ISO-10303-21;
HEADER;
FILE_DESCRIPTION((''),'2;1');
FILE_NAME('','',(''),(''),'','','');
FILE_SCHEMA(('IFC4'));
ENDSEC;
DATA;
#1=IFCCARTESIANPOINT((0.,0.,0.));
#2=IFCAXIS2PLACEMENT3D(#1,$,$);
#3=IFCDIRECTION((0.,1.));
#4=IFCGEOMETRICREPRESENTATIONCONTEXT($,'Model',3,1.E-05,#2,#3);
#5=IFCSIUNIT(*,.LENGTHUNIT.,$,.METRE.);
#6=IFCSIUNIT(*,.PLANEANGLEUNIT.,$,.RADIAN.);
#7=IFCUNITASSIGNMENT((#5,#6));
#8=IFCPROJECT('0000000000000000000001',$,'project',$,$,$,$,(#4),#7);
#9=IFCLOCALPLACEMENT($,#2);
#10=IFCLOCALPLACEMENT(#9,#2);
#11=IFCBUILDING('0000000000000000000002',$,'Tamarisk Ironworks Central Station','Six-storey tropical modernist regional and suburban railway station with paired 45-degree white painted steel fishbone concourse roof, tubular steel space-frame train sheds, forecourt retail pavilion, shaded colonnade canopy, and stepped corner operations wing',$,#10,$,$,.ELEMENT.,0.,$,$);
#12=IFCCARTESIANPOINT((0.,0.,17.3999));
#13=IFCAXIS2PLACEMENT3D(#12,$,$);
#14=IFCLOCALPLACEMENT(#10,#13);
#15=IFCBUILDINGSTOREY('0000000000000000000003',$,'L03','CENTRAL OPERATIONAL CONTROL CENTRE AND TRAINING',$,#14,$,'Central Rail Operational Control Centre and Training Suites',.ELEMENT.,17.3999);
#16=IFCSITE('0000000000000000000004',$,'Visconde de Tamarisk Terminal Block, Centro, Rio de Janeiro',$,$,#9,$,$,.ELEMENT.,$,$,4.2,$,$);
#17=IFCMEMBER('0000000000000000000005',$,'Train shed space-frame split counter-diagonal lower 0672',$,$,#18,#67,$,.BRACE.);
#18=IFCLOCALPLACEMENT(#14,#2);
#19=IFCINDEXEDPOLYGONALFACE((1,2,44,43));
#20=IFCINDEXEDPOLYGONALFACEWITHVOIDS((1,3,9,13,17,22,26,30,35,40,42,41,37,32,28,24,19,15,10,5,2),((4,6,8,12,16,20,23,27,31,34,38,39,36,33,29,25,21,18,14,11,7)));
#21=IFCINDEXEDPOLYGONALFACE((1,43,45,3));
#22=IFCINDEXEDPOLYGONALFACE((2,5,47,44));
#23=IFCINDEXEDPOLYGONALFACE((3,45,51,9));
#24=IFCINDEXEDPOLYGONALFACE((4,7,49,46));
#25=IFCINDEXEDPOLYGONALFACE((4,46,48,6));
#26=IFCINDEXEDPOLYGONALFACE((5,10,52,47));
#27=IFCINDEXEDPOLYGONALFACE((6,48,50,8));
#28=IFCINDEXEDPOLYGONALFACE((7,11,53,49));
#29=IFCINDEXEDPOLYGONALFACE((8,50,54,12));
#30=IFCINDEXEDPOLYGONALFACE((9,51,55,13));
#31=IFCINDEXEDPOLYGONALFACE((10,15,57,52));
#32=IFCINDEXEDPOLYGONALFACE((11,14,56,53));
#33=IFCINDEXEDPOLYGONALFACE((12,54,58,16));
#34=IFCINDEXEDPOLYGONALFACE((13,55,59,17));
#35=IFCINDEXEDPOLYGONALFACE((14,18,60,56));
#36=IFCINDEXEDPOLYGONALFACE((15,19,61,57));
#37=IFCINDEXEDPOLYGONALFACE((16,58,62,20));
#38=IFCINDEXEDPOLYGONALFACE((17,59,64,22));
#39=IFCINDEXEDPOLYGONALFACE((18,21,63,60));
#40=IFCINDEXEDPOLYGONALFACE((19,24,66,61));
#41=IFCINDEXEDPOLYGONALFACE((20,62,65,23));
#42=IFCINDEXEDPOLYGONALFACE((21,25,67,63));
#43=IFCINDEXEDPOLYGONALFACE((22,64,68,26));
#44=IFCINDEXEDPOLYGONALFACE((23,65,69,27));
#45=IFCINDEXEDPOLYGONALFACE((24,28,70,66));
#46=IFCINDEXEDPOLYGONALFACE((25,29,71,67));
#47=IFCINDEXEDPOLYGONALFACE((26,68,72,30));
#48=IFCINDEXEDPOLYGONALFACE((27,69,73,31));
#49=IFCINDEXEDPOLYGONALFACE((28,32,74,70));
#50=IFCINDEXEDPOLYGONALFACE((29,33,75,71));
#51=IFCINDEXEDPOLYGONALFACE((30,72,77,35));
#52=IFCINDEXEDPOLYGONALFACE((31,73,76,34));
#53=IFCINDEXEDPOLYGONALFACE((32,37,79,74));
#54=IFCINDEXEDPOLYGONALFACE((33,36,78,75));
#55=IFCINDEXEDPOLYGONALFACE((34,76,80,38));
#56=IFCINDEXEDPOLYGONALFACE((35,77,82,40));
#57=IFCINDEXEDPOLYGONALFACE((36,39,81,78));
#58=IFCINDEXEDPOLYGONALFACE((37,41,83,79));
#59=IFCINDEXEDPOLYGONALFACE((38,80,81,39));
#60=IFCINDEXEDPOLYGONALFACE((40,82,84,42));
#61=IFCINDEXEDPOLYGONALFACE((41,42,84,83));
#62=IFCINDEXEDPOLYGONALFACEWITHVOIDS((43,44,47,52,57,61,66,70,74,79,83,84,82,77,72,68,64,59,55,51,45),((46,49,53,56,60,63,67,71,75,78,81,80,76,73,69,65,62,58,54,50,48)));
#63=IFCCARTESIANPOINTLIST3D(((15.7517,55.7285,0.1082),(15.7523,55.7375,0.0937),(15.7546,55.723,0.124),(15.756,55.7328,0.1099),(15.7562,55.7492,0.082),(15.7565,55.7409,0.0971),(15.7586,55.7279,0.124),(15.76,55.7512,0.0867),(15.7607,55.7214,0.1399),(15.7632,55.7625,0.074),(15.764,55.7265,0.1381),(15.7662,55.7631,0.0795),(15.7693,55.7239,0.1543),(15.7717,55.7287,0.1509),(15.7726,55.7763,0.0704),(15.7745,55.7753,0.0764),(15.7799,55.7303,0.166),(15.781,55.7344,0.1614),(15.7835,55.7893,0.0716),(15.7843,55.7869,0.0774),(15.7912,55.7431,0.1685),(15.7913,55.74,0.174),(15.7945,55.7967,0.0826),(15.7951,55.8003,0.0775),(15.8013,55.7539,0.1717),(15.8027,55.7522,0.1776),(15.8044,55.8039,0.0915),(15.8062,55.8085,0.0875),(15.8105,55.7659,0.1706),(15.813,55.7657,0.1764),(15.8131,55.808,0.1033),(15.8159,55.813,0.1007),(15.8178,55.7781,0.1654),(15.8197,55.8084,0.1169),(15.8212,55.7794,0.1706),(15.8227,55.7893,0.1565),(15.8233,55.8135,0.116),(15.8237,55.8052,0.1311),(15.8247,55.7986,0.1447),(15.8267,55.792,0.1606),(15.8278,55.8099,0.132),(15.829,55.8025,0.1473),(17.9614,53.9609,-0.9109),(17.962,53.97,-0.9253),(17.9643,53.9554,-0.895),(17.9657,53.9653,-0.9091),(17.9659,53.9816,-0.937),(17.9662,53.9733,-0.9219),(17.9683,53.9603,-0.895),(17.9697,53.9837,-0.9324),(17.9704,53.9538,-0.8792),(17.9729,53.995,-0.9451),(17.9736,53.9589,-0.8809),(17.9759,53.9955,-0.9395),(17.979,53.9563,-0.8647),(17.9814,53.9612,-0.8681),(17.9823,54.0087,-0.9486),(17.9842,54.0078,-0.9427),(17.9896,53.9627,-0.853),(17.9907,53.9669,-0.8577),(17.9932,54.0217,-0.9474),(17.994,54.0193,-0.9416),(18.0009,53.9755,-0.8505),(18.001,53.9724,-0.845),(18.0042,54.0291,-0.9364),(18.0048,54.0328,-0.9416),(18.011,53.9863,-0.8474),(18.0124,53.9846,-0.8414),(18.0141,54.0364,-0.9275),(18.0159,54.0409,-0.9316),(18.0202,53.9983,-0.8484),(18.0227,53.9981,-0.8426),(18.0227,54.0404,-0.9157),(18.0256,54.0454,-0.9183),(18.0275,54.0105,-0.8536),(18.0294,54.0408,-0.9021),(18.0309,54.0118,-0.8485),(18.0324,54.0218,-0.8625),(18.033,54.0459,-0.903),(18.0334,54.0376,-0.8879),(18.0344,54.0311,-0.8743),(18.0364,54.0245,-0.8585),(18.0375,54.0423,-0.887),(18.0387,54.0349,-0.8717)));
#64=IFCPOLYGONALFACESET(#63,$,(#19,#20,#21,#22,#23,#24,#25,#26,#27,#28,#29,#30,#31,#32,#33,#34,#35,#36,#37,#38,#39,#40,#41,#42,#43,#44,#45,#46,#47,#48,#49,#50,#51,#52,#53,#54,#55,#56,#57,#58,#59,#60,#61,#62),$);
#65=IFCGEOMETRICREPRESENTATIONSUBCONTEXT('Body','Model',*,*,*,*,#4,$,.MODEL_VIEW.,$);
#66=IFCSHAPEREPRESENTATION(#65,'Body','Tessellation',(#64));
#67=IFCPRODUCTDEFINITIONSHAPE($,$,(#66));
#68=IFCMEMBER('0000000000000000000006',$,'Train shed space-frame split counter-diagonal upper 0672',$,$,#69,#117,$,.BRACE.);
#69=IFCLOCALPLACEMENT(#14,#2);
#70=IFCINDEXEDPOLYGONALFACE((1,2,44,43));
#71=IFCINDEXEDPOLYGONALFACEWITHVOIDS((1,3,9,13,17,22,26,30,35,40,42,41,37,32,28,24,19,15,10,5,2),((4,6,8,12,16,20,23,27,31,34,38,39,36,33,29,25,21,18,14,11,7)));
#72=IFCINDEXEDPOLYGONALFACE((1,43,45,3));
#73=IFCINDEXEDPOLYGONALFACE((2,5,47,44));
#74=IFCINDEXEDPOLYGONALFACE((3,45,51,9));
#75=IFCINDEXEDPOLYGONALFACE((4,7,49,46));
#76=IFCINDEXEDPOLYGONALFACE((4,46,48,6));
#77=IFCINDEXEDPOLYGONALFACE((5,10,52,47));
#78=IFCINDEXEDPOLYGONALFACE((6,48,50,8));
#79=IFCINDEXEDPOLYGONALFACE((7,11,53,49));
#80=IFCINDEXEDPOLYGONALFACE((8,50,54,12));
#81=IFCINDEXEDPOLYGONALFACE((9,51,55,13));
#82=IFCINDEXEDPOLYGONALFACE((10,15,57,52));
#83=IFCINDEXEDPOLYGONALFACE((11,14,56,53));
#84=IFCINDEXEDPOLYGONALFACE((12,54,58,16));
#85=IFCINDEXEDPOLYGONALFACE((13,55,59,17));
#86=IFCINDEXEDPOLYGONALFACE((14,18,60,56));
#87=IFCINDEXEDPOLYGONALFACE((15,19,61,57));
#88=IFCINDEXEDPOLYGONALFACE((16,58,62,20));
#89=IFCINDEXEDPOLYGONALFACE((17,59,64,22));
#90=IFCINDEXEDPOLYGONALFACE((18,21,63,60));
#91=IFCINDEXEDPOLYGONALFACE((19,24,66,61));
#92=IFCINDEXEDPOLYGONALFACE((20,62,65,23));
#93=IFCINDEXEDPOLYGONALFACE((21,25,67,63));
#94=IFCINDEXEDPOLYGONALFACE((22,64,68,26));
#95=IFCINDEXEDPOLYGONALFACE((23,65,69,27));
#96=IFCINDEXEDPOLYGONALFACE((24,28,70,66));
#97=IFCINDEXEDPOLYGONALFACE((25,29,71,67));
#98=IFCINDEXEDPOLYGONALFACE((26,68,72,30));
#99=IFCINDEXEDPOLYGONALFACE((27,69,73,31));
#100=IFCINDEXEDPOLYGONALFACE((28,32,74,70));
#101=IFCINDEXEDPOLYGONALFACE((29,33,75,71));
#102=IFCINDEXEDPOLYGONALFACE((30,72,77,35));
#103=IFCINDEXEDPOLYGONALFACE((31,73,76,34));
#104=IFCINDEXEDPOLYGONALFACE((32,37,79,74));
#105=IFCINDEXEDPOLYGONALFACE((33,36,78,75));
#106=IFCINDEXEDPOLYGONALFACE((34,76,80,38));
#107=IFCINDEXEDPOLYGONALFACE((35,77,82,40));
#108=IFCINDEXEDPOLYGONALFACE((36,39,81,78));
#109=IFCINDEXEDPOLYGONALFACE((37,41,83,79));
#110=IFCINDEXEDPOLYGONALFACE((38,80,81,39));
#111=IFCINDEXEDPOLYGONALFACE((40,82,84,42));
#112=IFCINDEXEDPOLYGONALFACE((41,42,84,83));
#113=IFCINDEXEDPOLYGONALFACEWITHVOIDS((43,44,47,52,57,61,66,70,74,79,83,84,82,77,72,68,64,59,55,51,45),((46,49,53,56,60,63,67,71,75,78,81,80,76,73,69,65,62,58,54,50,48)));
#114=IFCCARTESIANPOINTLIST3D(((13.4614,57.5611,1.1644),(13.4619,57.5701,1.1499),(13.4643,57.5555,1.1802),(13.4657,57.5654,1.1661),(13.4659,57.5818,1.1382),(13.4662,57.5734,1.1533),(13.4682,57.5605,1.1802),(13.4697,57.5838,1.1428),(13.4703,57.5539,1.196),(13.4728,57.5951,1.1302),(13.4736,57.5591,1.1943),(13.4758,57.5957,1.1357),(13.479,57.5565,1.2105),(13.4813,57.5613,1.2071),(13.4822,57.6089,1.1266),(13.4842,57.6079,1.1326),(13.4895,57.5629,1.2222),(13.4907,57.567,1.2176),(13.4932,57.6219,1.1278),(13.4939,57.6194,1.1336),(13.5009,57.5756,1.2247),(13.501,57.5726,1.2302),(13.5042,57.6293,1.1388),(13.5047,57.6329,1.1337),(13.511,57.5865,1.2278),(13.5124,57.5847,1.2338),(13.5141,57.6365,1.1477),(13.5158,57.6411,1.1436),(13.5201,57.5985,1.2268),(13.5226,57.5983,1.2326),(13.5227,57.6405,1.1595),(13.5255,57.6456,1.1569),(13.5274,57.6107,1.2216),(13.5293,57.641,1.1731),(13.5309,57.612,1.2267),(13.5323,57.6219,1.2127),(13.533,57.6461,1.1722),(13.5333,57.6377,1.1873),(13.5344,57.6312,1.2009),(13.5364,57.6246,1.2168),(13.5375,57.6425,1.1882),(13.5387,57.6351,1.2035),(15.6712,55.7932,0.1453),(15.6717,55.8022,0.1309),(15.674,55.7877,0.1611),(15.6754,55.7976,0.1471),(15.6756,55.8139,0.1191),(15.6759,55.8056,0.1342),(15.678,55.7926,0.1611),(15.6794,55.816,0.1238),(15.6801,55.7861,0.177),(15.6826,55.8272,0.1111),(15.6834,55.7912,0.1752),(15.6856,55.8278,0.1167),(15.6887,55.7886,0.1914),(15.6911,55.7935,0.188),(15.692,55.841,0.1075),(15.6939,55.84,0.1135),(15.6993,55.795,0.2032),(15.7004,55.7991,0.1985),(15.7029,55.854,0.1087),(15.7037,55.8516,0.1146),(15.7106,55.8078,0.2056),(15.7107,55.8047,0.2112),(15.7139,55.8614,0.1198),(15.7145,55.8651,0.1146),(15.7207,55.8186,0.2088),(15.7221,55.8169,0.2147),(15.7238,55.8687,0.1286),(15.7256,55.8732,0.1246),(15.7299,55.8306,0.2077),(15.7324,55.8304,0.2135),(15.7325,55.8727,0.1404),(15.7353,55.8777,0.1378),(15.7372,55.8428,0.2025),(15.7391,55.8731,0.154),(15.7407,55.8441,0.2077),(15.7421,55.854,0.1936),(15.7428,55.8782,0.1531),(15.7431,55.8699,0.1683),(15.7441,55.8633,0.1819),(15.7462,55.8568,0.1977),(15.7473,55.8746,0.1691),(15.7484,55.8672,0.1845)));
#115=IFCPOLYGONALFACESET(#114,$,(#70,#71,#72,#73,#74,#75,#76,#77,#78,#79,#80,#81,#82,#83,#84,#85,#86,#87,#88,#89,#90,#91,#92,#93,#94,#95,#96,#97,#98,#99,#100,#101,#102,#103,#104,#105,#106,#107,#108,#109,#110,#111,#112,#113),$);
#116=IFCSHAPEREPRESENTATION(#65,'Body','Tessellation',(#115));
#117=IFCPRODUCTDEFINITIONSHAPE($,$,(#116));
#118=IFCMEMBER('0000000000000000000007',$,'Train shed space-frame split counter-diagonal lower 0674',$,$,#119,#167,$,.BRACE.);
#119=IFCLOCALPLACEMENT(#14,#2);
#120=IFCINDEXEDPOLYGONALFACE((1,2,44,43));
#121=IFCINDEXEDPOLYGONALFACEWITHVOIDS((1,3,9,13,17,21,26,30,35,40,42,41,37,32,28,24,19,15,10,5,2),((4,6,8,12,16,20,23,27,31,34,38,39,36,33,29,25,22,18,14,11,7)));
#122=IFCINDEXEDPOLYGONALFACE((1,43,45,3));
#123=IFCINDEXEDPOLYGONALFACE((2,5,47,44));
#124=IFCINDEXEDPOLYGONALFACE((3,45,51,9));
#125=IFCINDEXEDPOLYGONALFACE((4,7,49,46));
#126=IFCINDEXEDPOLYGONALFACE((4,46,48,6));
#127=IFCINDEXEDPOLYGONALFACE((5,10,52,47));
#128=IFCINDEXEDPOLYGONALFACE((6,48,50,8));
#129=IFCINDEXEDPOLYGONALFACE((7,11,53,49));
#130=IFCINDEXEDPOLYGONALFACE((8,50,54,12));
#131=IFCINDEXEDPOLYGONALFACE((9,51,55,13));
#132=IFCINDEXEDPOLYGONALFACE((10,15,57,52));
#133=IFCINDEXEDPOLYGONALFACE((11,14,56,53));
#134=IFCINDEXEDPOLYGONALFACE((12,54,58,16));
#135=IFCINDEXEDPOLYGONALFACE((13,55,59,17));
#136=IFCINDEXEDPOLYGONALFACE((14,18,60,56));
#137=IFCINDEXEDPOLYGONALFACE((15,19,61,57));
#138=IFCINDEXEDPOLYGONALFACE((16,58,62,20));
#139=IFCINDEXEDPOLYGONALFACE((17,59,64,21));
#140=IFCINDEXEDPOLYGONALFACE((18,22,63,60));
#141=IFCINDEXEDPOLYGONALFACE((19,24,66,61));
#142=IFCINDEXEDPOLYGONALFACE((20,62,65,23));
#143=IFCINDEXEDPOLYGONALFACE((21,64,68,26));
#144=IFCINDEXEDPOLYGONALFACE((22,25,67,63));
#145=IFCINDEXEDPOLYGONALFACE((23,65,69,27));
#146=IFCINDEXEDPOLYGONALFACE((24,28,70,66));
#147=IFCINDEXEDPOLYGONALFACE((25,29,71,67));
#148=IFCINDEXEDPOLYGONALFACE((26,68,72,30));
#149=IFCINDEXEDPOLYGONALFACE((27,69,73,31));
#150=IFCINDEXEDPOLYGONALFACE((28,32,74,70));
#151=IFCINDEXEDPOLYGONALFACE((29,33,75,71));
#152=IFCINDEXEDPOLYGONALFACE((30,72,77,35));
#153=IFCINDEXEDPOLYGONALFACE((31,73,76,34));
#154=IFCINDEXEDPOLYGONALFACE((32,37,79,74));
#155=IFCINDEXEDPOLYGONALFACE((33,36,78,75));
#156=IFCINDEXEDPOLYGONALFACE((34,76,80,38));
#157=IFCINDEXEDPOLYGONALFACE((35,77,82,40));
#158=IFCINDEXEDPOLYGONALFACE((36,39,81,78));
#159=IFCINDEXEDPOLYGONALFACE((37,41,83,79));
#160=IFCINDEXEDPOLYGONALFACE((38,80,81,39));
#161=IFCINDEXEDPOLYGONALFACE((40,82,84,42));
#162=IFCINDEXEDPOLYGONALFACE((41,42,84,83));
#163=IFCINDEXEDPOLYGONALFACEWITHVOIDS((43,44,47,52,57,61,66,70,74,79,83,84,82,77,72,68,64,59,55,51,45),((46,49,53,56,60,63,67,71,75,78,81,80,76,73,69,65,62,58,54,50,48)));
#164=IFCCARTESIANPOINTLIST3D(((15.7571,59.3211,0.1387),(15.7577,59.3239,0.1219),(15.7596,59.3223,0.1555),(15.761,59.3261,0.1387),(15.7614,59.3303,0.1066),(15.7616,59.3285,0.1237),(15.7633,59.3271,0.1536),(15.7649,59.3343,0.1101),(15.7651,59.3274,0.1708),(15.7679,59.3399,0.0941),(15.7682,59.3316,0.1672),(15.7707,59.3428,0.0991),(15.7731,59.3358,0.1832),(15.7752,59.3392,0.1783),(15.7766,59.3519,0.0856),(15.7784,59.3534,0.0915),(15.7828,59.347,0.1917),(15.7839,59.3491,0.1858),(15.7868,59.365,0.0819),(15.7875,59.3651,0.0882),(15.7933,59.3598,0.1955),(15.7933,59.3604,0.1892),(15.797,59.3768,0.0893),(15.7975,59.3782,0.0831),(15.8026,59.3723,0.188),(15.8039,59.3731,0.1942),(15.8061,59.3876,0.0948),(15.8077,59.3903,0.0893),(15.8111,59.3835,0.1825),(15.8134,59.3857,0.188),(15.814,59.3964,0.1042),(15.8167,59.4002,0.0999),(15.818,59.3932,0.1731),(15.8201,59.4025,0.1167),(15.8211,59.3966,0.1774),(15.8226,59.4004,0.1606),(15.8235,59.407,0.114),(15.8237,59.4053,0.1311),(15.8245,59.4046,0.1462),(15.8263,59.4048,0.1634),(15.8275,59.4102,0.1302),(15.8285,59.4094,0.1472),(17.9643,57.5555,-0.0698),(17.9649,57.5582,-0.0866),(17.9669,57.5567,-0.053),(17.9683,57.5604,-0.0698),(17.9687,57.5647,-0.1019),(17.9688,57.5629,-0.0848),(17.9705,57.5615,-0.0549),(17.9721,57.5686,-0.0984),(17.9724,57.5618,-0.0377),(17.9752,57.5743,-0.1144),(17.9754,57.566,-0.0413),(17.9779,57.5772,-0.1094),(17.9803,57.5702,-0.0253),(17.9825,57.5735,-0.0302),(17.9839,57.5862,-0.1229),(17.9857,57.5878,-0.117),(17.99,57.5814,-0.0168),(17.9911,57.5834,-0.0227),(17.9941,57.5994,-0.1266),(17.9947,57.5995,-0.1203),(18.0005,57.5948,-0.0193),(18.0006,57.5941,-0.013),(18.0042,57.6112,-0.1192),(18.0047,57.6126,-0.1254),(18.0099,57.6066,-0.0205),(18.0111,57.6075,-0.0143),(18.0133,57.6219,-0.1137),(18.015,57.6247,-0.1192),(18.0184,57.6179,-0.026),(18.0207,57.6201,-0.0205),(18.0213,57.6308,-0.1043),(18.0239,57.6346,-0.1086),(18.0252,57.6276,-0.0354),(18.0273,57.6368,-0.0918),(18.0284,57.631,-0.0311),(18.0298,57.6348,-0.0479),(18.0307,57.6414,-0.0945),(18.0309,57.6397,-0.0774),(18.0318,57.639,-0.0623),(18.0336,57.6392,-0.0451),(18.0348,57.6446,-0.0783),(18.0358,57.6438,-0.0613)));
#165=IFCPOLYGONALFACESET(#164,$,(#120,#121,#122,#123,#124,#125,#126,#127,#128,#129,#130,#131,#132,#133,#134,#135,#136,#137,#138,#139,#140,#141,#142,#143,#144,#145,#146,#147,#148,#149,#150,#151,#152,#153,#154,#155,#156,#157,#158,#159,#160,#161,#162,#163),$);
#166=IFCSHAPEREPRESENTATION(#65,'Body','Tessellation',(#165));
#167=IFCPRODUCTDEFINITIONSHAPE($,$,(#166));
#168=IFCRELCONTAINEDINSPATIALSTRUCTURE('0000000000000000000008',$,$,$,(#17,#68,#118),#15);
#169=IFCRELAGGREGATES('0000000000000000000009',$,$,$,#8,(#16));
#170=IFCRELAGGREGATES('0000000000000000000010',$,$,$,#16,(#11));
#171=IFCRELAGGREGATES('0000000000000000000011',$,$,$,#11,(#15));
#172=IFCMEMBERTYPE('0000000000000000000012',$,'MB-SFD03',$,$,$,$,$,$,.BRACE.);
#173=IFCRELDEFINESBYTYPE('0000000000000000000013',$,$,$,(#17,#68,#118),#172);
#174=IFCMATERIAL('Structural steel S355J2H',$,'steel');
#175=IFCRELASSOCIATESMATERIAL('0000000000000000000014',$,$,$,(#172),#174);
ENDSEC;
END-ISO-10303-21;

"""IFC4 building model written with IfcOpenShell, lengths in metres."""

from ifc_helpers import new_model, si_unit, direction, frame, origin, origin_2d, place, context, subcontext, project, spatial, hollow_circle, extrude, material, material_profile, profile_set, type_object, element, save


model = new_model("IFC4")

# Units and contexts
model_context = context("Model", 3, precision=1e-05, world=origin(), true_north=direction((0.0, 1.0)))
body_context = subcontext(model_context, "Body", "Model", "MODEL_VIEW")
ifc_project = project(units=[si_unit("LENGTHUNIT", "METRE"), si_unit("PLANEANGLEUNIT", "RADIAN")], contexts=[model_context])

# Site, building, storey
site_placement = place(None, origin())
site = spatial("IfcSite", under=ifc_project, at=site_placement, Name="Visconde de Tamarisk Terminal Block, Centro, Rio de Janeiro", CompositionType="ELEMENT", RefElevation=4.2)
building_placement = place(site_placement, origin())
building = spatial("IfcBuilding", under=site, at=building_placement, Name="Tamarisk Ironworks Central Station", Description="Six-storey tropical modernist regional and suburban railway station with paired 45-degree white painted steel fishbone concourse roof, tubular steel space-frame train sheds, forecourt retail pavilion, shaded colonnade canopy, and stepped corner operations wing", CompositionType="ELEMENT", ElevationOfRefHeight=0.0)
storey_placement = place(building_placement, frame((0.0, 0.0, 17.3999)))
storey = spatial("IfcBuildingStorey", under=building, at=storey_placement, Name="L03", Description="CENTRAL OPERATIONAL CONTROL CENTRE AND TRAINING", LongName="Central Rail Operational Control Centre and Training Suites", CompositionType="ELEMENT", Elevation=17.3999)

# Members
ifc_material_1 = material(Name="Structural steel S355J2H", Category="steel")
ifc_material_profile_1 = material_profile(ifc_material_1, hollow_circle(Radius=0.0571, WallThickness=0.0063, at=origin_2d()), Name="CHS 114.3x6.3")
ifc_profile_set_1 = profile_set([ifc_material_profile_1], Name="Structural steel S355J2H")
member_type_1 = type_object("IfcMemberType", Name="MB-SFD03", PredefinedType="BRACE", material=ifc_profile_set_1)
for number, where, z_axis, x_axis, name in (
    (1, (18.0, 54.0, -0.895), (-0.734712, 0.587705, 0.338823), (-0.624653, -0.780902, 0.0), "Train shed space-frame split counter-diagonal lower 0672"),
):
    element("IfcMember", number, at=place(storey_placement, frame(where, z_axis=z_axis, x_axis=x_axis)), inside=storey, type_object=member_type_1, Name=name, PredefinedType="BRACE", context=body_context, shape_type="SweptSolid", body=[
        extrude(hollow_circle(Radius=0.0571, WallThickness=0.0063, at=origin_2d()), origin(), (0.0, 0.0, 1.0), 3.0076),
    ])
member_1_placement = place(storey_placement, frame((15.7097, 55.8323, 0.1611), z_axis=(-0.734677, 0.587758, 0.338807), x_axis=(-0.624706, -0.78086, 0.0)))
element("IfcMember", 2, at=member_1_placement, inside=storey, type_object=member_type_1, Name="Train shed space-frame split counter-diagonal upper 0672", PredefinedType="BRACE", context=body_context, shape_type="SweptSolid", body=[
    extrude(hollow_circle(Radius=0.0571, WallThickness=0.0063, at=origin_2d()), origin(), (0.0, 0.0, 1.0), 3.0078),
])
member_2_placement = place(storey_placement, frame((18.0, 57.6001, -0.0698), z_axis=(-0.778787, 0.62296, 0.073563), x_axis=(-0.624653, -0.780903, 0.0)))
element("IfcMember", 3, at=member_2_placement, inside=storey, type_object=member_type_1, Name="Train shed space-frame split counter-diagonal lower 0674", PredefinedType="BRACE", context=body_context, shape_type="SweptSolid", body=[
    extrude(hollow_circle(Radius=0.0571, WallThickness=0.0063, at=origin_2d()), origin(), (0.0, 0.0, 1.0), 2.8342),
])

save(model, "model.ifc")
